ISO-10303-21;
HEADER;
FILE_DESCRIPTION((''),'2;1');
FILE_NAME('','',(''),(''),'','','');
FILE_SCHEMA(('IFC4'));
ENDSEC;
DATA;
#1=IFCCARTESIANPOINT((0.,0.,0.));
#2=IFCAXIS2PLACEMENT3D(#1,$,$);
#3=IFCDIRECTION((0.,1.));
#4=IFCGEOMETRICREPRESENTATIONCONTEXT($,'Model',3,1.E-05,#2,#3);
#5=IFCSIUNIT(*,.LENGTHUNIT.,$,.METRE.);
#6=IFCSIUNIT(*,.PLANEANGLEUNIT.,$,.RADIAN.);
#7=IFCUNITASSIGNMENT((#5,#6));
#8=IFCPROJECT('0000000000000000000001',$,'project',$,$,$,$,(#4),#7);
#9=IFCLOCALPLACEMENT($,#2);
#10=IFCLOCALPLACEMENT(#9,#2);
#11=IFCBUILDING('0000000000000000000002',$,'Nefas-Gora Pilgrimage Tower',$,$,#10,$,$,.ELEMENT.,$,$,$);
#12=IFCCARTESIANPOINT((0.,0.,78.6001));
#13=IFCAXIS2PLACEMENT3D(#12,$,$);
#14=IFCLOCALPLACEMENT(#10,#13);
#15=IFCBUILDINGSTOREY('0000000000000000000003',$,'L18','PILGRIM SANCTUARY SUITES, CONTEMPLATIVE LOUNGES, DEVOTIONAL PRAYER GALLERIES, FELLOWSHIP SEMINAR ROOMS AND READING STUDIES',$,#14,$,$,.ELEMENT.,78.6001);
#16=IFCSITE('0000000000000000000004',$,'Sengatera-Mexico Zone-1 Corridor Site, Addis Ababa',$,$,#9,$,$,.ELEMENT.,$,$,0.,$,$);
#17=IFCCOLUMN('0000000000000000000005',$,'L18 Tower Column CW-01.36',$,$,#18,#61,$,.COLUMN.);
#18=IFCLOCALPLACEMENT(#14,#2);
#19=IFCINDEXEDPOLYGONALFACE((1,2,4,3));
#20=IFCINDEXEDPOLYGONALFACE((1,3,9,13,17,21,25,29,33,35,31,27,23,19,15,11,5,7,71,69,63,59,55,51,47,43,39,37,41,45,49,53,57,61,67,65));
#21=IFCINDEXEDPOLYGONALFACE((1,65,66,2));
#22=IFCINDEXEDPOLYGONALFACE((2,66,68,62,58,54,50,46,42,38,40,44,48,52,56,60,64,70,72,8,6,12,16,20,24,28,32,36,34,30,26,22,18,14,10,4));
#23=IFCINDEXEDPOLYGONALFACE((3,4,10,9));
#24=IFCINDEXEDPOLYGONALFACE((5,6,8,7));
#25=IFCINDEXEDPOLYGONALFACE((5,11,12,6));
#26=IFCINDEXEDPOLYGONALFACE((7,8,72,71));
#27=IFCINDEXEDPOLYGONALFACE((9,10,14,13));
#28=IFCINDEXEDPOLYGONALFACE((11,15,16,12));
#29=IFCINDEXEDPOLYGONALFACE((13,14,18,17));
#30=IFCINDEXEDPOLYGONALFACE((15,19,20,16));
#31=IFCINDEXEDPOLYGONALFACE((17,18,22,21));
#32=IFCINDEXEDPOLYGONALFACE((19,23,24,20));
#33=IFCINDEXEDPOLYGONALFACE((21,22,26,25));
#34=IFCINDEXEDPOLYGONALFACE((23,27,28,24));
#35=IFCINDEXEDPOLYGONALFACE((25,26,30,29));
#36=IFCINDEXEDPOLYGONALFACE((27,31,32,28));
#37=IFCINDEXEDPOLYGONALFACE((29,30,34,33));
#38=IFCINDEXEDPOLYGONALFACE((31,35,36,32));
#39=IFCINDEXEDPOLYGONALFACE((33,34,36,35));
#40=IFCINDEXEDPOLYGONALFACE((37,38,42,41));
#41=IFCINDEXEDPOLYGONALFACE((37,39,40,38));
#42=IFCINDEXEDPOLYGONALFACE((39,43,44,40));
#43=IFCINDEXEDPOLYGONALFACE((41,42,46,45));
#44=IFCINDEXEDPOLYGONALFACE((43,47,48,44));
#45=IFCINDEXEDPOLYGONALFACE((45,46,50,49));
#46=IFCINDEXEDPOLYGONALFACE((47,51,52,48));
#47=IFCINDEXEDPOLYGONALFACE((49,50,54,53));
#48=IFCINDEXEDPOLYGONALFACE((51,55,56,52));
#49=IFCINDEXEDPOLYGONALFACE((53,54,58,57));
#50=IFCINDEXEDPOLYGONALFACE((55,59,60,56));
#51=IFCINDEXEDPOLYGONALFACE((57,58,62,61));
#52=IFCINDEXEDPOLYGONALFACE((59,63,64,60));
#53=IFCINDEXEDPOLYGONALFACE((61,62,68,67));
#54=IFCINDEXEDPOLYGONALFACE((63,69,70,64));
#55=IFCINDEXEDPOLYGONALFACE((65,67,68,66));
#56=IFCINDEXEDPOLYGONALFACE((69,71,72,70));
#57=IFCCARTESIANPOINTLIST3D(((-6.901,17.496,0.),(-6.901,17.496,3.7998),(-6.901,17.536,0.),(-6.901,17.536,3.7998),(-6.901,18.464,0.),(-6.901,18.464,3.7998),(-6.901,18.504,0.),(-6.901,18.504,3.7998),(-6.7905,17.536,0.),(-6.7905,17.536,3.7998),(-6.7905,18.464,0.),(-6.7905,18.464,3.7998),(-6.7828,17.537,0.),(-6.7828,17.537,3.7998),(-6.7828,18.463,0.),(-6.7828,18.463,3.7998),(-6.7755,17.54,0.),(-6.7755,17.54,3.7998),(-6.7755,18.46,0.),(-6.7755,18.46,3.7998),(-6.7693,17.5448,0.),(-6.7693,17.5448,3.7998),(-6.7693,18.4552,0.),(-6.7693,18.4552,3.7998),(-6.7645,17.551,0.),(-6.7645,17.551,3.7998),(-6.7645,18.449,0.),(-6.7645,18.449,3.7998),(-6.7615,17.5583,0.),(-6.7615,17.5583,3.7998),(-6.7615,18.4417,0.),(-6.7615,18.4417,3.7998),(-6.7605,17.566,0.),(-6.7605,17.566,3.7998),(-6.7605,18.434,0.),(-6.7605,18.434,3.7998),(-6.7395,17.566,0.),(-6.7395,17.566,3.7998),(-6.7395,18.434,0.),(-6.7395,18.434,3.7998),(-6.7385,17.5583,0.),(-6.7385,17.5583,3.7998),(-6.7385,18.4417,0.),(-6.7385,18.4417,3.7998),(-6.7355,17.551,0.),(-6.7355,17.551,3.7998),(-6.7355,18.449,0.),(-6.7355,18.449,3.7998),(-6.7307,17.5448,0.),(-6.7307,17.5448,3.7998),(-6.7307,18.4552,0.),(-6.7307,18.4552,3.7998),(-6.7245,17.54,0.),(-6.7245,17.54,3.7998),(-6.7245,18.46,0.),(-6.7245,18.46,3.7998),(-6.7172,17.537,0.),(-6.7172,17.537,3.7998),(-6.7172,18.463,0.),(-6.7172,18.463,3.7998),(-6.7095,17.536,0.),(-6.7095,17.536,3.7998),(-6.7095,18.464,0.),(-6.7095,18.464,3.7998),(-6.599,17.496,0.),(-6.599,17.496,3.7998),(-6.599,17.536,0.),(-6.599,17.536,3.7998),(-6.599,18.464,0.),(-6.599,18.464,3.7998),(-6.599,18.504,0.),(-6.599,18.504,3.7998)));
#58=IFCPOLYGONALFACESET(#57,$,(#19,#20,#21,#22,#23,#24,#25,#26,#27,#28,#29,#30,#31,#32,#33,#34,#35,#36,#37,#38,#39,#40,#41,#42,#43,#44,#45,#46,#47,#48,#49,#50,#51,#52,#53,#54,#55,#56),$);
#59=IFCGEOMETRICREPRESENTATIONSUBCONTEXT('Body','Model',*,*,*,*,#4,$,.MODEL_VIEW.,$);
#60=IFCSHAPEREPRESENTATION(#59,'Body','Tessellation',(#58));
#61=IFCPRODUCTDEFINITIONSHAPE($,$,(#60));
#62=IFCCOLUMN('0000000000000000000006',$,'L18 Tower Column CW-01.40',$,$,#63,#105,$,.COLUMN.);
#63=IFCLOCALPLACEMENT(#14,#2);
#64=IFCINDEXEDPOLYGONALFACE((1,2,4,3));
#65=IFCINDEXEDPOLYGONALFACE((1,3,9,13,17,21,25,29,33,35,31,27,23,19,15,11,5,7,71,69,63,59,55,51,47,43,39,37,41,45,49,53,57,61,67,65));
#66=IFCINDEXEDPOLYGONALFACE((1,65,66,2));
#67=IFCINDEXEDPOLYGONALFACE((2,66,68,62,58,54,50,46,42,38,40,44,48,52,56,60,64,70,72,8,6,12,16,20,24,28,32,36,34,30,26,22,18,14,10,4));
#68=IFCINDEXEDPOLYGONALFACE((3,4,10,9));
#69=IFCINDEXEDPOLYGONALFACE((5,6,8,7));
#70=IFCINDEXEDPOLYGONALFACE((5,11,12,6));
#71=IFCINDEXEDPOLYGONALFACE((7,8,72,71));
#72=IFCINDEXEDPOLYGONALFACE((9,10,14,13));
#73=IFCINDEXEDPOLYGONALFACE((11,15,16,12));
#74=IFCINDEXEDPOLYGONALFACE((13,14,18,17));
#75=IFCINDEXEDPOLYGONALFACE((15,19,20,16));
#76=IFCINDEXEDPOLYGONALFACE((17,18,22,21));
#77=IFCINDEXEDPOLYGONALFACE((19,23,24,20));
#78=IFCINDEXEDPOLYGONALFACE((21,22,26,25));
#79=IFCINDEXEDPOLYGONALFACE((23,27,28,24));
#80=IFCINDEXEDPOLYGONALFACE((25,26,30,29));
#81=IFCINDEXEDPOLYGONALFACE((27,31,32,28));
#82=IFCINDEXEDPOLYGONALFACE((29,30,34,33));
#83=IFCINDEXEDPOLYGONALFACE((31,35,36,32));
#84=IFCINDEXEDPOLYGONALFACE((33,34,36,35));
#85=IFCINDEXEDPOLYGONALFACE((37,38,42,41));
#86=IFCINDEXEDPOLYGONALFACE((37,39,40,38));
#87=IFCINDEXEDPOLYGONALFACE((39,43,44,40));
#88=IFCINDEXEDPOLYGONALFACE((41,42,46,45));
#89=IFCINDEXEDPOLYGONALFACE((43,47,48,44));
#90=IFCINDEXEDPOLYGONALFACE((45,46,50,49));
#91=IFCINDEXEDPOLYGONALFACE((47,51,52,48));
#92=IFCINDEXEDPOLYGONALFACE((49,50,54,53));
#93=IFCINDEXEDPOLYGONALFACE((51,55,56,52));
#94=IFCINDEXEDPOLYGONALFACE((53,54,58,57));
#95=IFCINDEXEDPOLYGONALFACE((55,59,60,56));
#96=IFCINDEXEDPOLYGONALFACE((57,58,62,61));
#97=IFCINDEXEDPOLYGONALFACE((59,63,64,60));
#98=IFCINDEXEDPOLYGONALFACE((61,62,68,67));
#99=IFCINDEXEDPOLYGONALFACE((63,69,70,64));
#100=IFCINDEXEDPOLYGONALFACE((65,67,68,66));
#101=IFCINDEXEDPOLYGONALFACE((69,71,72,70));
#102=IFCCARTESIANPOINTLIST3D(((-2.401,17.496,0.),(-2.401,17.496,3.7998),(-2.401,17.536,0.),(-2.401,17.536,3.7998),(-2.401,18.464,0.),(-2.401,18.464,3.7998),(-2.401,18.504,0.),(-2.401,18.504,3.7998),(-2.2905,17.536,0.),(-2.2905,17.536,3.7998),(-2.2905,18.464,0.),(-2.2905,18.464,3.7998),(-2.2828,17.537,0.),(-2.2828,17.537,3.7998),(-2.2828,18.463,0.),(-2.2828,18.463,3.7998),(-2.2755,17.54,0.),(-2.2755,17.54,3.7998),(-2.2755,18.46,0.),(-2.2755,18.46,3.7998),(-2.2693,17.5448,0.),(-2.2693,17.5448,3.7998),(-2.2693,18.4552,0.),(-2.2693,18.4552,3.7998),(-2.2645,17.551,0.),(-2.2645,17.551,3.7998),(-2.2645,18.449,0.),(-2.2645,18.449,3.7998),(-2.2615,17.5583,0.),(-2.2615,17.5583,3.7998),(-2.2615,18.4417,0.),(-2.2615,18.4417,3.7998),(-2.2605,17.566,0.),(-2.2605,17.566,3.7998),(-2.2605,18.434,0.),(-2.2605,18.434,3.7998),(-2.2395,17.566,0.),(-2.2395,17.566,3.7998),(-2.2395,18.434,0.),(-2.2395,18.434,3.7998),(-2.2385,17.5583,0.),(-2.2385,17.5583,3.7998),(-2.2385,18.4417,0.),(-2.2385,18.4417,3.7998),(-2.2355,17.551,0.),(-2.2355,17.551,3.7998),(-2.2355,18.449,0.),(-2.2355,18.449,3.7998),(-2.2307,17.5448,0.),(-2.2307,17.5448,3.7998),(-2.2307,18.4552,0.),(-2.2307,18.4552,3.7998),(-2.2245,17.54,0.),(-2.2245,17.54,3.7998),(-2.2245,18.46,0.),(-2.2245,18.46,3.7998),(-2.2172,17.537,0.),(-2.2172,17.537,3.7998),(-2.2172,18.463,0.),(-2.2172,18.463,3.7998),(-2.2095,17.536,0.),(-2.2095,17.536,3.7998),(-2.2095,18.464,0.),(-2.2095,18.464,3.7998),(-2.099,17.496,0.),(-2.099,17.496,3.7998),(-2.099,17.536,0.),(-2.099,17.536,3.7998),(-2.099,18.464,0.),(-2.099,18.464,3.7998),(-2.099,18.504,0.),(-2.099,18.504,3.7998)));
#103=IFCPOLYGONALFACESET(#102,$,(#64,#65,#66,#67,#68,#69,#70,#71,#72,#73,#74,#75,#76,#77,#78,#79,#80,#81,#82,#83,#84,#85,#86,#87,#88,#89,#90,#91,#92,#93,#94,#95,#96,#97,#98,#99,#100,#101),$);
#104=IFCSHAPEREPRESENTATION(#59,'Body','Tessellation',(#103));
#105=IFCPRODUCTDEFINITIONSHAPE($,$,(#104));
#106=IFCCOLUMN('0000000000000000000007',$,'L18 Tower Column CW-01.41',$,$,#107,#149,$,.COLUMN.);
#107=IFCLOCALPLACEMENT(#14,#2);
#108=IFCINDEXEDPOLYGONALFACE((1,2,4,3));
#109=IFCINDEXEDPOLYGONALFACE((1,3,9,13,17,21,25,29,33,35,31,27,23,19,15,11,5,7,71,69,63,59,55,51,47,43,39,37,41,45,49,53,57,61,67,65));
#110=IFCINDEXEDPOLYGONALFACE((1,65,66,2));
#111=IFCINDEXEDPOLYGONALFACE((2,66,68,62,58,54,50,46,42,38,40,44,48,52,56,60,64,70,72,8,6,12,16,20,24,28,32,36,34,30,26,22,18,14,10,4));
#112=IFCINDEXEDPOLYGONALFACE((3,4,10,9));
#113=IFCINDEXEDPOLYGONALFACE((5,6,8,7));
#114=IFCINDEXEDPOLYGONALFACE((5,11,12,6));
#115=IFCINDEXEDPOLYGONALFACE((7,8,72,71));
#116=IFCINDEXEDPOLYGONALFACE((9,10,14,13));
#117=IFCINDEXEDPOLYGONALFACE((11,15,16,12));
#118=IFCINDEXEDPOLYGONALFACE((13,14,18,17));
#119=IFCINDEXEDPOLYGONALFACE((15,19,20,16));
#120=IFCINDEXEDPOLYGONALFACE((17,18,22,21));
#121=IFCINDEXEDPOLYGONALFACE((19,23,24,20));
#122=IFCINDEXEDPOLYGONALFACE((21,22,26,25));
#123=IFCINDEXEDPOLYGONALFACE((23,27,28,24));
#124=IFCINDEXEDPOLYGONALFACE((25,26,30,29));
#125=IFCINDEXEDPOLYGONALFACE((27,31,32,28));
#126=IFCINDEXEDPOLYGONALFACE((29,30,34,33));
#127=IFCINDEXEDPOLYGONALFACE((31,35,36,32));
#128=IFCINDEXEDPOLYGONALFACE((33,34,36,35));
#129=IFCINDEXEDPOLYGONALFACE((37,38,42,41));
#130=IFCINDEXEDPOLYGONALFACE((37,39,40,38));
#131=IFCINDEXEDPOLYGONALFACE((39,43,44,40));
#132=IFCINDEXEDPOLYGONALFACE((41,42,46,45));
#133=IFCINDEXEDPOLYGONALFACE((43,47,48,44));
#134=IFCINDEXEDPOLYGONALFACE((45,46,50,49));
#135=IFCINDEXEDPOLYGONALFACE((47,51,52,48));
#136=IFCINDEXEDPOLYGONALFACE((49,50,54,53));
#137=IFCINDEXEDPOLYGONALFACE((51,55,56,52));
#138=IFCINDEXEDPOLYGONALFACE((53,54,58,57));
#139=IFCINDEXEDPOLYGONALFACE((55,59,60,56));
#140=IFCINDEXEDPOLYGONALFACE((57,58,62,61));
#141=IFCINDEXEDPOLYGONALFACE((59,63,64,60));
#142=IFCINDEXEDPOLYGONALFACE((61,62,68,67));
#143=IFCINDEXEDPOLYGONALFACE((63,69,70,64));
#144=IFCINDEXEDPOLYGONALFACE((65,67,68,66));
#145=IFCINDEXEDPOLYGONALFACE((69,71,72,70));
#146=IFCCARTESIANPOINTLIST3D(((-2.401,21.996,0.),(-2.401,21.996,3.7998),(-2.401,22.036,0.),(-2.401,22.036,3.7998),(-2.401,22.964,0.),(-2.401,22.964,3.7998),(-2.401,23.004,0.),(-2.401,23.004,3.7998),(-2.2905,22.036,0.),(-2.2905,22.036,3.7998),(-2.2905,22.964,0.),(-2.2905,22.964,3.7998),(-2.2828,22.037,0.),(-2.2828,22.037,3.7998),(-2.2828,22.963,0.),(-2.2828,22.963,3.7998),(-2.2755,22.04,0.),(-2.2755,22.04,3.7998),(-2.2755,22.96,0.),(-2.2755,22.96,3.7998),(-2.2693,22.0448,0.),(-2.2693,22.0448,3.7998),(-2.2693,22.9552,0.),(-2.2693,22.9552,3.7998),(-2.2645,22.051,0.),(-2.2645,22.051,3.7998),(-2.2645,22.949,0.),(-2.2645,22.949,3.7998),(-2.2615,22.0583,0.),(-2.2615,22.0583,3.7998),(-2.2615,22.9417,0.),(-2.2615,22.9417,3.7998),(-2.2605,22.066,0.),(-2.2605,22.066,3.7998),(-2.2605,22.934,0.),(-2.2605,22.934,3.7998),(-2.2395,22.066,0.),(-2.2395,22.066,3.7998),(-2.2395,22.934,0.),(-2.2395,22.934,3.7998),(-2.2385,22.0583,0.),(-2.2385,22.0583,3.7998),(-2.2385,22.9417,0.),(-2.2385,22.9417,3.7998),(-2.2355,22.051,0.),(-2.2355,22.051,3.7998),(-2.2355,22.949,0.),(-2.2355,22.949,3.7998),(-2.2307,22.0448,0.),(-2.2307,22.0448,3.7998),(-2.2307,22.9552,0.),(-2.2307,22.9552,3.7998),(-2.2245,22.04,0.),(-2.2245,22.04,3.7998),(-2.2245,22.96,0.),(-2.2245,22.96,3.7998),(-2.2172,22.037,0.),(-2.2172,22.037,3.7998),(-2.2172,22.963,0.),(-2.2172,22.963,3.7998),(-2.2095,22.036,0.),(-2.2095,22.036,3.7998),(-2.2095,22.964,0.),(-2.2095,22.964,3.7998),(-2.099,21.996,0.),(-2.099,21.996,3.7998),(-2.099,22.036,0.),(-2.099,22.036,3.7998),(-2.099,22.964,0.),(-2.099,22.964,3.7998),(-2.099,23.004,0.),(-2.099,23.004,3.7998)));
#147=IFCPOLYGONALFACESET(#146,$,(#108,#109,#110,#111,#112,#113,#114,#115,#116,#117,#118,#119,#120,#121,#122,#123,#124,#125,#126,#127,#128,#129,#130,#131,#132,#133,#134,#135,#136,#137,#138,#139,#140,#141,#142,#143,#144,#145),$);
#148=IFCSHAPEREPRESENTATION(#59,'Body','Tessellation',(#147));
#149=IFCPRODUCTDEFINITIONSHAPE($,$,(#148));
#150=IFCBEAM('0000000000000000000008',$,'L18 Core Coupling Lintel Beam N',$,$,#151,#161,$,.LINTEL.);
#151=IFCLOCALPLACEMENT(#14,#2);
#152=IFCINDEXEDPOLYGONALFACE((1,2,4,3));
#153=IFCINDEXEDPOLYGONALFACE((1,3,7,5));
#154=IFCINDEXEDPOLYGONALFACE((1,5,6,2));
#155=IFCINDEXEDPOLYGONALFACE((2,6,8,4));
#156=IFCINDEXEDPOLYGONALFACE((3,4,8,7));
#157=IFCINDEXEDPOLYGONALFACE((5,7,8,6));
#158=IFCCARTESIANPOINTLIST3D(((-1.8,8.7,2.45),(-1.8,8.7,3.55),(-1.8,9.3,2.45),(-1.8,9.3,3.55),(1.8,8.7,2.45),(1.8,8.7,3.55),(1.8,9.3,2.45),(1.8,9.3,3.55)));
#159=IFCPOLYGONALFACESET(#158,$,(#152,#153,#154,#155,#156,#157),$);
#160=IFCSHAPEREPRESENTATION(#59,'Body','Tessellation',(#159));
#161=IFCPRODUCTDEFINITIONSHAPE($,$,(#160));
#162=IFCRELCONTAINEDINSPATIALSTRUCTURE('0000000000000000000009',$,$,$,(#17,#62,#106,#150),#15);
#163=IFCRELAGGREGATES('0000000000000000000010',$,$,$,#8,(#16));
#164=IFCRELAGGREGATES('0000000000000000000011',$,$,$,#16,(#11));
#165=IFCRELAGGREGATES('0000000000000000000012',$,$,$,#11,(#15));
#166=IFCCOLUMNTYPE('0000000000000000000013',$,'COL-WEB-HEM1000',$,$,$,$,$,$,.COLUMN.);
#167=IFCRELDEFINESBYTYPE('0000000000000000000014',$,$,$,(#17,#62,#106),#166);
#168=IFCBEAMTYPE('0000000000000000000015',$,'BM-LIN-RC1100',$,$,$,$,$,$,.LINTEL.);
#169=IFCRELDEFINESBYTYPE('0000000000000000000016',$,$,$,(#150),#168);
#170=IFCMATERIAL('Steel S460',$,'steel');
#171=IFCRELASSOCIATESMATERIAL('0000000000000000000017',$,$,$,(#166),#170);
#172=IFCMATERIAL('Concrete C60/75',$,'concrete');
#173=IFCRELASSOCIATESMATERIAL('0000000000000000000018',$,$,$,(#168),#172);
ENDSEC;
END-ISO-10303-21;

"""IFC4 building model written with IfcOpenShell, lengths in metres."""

from ifc_helpers import new_model, si_unit, direction, frame, origin, origin_2d, place, context, subcontext, project, spatial, rectangle, i_section, extrude, source, transform, mapped, material, material_profile, profile_set, type_object, element, save


model = new_model("IFC4")

# Units and contexts
model_context = context("Model", 3, precision=1e-05, world=origin(), true_north=direction((0.0, 1.0)))
body_context = subcontext(model_context, "Body", "Model", "MODEL_VIEW")
ifc_project = project(units=[si_unit("LENGTHUNIT", "METRE"), si_unit("PLANEANGLEUNIT", "RADIAN")], contexts=[model_context])

# Site, building, storey
site_placement = place(None, origin())
site = spatial("IfcSite", under=ifc_project, at=site_placement, Name="Sengatera-Mexico Zone-1 Corridor Site, Addis Ababa", CompositionType="ELEMENT", RefElevation=0.0)
building_placement = place(site_placement, origin())
building = spatial("IfcBuilding", under=site, at=building_placement, Name="Nefas-Gora Pilgrimage Tower", CompositionType="ELEMENT")
storey_placement = place(building_placement, frame((0.0, 0.0, 78.6001)))
storey = spatial("IfcBuildingStorey", under=building, at=storey_placement, Name="L18", Description="PILGRIM SANCTUARY SUITES, CONTEMPLATIVE LOUNGES, DEVOTIONAL PRAYER GALLERIES, FELLOWSHIP SEMINAR ROOMS AND READING STUDIES", CompositionType="ELEMENT", Elevation=78.6001)

# Columns
ifc_material_1 = material(Name="Steel S460", Category="steel")
ifc_material_profile_1 = material_profile(ifc_material_1, i_section(OverallWidth=0.302, OverallDepth=1.0081, WebThickness=0.021, FlangeThickness=0.04, FilletRadius=0.03, at=origin_2d()), Name="HEM 1000")
ifc_profile_set_1 = profile_set([ifc_material_profile_1], Name="Steel S460")
column_type_1 = type_object("IfcColumnType", Name="COL-WEB-HEM1000", PredefinedType="COLUMN", material=ifc_profile_set_1)
shared_shape_1 = source(origin(), body_context, "Body", "SweptSolid", [
    extrude(i_section(OverallWidth=0.302, OverallDepth=1.0081, WebThickness=0.021, FlangeThickness=0.04, FilletRadius=0.03, at=origin_2d()), origin(), (0.0, 0.0, 1.0), 3.7998),
])
for number, where, z_axis, x_axis, name in (
    (1, (-6.75, 18.0, 0.0), (0.0, 0.0, 1.0), (1.0, 0.0, 0.0), "L18 Tower Column CW-01.36"),
    (2, (-2.25, 18.0, 0.0), (0.0, 0.0, 1.0), (1.0, 0.0, 0.0), "L18 Tower Column CW-01.40"),
    (3, (-2.25, 22.5, 0.0), (0.0, 0.0, 1.0), (1.0, 0.0, 0.0), "L18 Tower Column CW-01.41"),
):
    element("IfcColumn", number, at=place(storey_placement, frame(where, z_axis=z_axis, x_axis=x_axis)), inside=storey, type_object=column_type_1, Name=name, PredefinedType="COLUMN", context=body_context, shape_type="MappedRepresentation", body=[
        mapped(shared_shape_1, transform((0.0, 0.0, 0.0), x_axis=(1.0, 0.0, 0.0), y_axis=(0.0, 1.0, 0.0), z_axis=(0.0, 0.0, 1.0), scale=1.0)),
    ])

# Beam
ifc_material_2 = material(Name="Concrete C60/75", Category="concrete")
ifc_material_profile_2 = material_profile(ifc_material_2, rectangle(XDim=0.6001, YDim=1.1001, at=origin_2d()), Name="RC 600x1100")
ifc_profile_set_2 = profile_set([ifc_material_profile_2], Name="Concrete C60/75")
beam_type_1 = type_object("IfcBeamType", Name="BM-LIN-RC1100", PredefinedType="LINTEL", material=ifc_profile_set_2)
shared_shape_2 = source(origin(), body_context, "Body", "SweptSolid", [
    extrude(rectangle(XDim=0.6001, YDim=1.1001, at=origin_2d()), origin(), (0.0, 0.0, 1.0), 3.6001),
])
beam_placement = place(storey_placement, frame((-1.8, 9.0, 3.0), z_axis=(1.0, 0.0, 0.0), x_axis=(0.0, 1.0, 0.0)))
element("IfcBeam", 4, at=beam_placement, inside=storey, type_object=beam_type_1, Name="L18 Core Coupling Lintel Beam N", PredefinedType="LINTEL", context=body_context, shape_type="MappedRepresentation", body=[
    mapped(shared_shape_2, transform((0.0, 0.0, 0.0), x_axis=(1.0, 0.0, 0.0), y_axis=(0.0, 1.0, 0.0), z_axis=(0.0, 0.0, 1.0), scale=1.0)),
])

save(model, "model.ifc")
